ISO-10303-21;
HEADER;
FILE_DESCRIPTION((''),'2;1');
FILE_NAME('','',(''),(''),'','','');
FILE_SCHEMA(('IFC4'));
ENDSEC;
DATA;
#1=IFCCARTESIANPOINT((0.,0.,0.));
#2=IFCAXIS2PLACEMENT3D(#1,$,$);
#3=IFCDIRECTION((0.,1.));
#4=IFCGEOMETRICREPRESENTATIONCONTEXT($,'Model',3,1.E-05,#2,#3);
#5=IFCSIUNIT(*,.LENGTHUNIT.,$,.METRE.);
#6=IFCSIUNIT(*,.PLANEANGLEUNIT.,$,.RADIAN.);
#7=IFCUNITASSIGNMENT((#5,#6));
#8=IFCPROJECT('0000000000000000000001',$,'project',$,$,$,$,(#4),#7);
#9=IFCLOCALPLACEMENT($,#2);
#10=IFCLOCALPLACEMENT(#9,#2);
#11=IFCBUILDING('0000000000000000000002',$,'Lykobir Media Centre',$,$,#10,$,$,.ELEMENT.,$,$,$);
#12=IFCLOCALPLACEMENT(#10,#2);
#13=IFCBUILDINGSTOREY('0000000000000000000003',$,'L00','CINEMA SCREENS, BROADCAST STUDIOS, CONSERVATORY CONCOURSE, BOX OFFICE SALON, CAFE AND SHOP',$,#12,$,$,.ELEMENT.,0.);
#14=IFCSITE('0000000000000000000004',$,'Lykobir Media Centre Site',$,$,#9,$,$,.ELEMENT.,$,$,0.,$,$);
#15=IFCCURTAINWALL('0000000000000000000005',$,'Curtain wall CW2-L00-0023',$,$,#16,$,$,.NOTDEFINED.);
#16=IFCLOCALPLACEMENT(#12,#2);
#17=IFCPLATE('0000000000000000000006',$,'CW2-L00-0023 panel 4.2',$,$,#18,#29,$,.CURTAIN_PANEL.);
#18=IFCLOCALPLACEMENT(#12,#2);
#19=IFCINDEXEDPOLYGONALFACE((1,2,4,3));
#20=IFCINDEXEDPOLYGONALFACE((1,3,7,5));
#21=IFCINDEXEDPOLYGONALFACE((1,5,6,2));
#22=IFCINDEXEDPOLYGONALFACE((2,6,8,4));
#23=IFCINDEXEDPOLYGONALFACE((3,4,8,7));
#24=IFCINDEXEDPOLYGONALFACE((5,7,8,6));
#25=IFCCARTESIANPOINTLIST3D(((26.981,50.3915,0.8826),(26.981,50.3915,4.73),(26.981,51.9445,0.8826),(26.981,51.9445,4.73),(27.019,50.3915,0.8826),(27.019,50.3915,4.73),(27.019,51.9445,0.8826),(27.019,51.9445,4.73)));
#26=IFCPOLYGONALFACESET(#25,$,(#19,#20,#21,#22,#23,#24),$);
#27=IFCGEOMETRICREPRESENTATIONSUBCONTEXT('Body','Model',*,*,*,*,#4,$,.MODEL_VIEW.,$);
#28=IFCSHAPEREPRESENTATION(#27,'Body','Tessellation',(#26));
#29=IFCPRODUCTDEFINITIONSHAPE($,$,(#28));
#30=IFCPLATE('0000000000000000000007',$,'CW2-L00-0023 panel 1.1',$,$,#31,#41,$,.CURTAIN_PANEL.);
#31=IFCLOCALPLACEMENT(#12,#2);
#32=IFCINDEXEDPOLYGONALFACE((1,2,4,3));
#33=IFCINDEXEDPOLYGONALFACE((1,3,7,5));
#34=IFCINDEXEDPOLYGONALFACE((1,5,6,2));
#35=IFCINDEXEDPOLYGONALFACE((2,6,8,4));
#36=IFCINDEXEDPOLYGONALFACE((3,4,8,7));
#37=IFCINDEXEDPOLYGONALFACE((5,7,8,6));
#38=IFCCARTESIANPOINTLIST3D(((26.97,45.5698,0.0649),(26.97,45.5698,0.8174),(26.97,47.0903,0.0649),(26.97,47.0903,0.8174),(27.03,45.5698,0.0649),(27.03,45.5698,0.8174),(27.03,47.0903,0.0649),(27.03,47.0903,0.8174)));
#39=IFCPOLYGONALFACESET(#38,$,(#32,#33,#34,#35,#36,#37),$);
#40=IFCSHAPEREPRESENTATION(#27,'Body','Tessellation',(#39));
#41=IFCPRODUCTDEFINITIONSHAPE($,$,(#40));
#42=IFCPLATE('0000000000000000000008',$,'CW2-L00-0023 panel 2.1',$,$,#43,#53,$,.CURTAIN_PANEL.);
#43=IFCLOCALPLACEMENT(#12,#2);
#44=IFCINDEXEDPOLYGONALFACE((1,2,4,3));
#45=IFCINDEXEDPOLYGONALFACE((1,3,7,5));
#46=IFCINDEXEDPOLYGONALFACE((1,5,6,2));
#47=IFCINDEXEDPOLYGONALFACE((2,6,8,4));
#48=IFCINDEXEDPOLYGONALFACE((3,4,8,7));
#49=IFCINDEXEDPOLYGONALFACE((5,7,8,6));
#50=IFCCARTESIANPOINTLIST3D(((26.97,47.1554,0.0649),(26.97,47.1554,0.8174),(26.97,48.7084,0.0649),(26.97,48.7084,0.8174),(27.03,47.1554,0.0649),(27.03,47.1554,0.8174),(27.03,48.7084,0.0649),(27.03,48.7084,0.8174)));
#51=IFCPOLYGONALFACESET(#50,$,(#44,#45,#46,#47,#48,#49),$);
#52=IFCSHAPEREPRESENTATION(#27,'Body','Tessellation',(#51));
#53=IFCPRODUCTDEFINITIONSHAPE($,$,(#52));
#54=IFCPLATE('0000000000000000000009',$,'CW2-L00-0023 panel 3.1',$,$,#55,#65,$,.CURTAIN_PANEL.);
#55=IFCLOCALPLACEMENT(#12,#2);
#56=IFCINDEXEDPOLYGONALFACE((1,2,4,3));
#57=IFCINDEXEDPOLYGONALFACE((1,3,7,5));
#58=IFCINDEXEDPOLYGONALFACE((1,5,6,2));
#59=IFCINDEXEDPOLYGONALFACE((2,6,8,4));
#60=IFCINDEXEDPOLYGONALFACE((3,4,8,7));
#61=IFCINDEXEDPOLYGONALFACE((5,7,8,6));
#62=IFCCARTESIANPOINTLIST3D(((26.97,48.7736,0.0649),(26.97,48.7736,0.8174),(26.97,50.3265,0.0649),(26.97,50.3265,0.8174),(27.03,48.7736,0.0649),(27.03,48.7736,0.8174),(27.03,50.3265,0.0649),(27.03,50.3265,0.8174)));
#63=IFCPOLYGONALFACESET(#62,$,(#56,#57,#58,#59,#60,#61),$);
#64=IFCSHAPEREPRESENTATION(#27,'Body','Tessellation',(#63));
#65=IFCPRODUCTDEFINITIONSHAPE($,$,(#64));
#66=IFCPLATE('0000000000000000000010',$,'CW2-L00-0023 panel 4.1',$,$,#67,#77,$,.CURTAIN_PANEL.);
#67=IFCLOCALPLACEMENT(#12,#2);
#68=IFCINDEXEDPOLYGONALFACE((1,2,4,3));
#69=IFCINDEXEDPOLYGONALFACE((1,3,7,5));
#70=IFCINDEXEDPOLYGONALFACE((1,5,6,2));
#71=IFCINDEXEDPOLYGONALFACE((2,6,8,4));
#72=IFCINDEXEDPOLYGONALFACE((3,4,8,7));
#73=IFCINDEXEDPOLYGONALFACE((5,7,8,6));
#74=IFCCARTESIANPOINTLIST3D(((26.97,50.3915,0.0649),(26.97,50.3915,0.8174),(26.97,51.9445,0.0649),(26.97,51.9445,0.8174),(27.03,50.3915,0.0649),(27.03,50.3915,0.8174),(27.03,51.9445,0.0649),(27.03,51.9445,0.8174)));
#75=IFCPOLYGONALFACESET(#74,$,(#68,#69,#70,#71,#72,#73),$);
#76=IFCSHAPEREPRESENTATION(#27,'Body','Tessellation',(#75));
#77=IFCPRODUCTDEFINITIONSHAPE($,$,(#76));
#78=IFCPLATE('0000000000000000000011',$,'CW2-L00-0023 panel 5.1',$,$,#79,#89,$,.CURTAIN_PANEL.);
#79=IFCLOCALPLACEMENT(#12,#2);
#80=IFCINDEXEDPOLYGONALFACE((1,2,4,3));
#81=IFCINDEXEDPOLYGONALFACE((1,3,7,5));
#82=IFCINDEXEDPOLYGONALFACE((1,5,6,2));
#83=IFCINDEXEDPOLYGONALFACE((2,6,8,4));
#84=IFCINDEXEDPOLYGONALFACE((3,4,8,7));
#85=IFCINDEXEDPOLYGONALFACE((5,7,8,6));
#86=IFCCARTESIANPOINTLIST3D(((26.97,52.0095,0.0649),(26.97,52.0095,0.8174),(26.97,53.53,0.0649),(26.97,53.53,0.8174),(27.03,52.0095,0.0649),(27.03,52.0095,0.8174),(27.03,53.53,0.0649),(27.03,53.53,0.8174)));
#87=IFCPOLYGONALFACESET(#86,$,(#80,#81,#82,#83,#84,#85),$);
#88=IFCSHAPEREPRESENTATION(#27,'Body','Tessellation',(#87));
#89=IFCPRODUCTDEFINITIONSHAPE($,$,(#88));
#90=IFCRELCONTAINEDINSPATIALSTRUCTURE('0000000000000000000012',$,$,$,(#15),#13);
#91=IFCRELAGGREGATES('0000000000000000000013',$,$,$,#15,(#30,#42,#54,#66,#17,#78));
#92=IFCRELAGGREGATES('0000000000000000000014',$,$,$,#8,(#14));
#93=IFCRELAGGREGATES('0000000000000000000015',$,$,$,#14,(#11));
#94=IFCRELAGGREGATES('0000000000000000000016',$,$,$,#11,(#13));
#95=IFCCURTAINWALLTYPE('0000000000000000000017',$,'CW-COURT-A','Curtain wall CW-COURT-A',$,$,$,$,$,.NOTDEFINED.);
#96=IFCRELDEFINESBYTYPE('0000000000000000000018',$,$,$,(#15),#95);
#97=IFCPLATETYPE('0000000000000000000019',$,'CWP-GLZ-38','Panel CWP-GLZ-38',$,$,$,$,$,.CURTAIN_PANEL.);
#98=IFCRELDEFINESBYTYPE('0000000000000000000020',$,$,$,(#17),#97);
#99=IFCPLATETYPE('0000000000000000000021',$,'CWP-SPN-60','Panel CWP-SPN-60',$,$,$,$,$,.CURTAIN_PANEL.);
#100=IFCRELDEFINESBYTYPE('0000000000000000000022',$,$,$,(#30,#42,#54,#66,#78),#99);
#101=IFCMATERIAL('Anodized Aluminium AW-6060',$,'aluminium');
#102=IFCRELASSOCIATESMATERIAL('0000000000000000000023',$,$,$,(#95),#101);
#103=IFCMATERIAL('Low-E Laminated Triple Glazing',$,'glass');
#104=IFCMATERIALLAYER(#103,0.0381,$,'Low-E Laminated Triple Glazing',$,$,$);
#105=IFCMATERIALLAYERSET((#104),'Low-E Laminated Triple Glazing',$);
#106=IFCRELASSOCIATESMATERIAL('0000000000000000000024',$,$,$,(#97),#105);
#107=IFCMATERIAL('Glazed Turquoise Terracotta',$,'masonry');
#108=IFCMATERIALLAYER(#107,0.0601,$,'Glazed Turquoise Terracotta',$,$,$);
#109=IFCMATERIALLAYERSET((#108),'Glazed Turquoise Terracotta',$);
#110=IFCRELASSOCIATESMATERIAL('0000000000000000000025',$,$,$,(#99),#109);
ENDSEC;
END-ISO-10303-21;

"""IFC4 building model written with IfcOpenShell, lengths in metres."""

from ifc_helpers import new_model, si_unit, direction, frame, origin, origin_2d, place, context, subcontext, project, spatial, rectangle, extrude, material, layer, layer_set, type_object, element, aggregate, save


model = new_model("IFC4")

# Units and contexts
model_context = context("Model", 3, precision=1e-05, world=origin(), true_north=direction((0.0, 1.0)))
body_context = subcontext(model_context, "Body", "Model", "MODEL_VIEW")
ifc_project = project(units=[si_unit("LENGTHUNIT", "METRE"), si_unit("PLANEANGLEUNIT", "RADIAN")], contexts=[model_context])

# Site, building, storey
site_placement = place(None, origin())
site = spatial("IfcSite", under=ifc_project, at=site_placement, Name="Lykobir Media Centre Site", CompositionType="ELEMENT", RefElevation=0.0)
building_placement = place(site_placement, origin())
building = spatial("IfcBuilding", under=site, at=building_placement, Name="Lykobir Media Centre", CompositionType="ELEMENT")
storey_placement = place(building_placement, origin())
storey = spatial("IfcBuildingStorey", under=building, at=storey_placement, Name="L00", Description="CINEMA SCREENS, BROADCAST STUDIOS, CONSERVATORY CONCOURSE, BOX OFFICE SALON, CAFE AND SHOP", CompositionType="ELEMENT", Elevation=0.0)

# Curtain wall, plates
ifc_material_1 = material(Name="Anodized Aluminium AW-6060", Category="aluminium")
curtain_wall_type = type_object("IfcCurtainWallType", Name="CW-COURT-A", Description="Curtain wall CW-COURT-A", PredefinedType="NOTDEFINED", material=ifc_material_1)
curtain_wall_placement = place(storey_placement, origin())
curtain_wall = element("IfcCurtainWall", 1, at=curtain_wall_placement, inside=storey, type_object=curtain_wall_type, Name="Curtain wall CW2-L00-0023", PredefinedType="NOTDEFINED")
ifc_material_2 = material(Name="Low-E Laminated Triple Glazing", Category="glass")
ifc_layer_1 = layer(ifc_material_2, 0.0381, Name="Low-E Laminated Triple Glazing")
ifc_layer_set_1 = layer_set([ifc_layer_1], Name="Low-E Laminated Triple Glazing")
plate_type_1 = type_object("IfcPlateType", Name="CWP-GLZ-38", Description="Panel CWP-GLZ-38", PredefinedType="CURTAIN_PANEL", material=ifc_layer_set_1)
plate_1_placement = place(storey_placement, frame((27.0, 51.168, 0.8826), z_axis=(0.0, 0.0, 1.0), x_axis=(0.0, 1.0, 0.0)))
plate_1 = element("IfcPlate", 2, at=plate_1_placement, type_object=plate_type_1, Name="CW2-L00-0023 panel 4.2", PredefinedType="CURTAIN_PANEL", context=body_context, shape_type="SweptSolid", body=[
    extrude(rectangle(XDim=1.553, YDim=0.0381, at=origin_2d()), origin(), (0.0, 0.0, 1.0), 3.8474),
])
ifc_material_3 = material(Name="Glazed Turquoise Terracotta", Category="masonry")
ifc_layer_2 = layer(ifc_material_3, 0.0601, Name="Glazed Turquoise Terracotta")
ifc_layer_set_2 = layer_set([ifc_layer_2], Name="Glazed Turquoise Terracotta")
plate_type_2 = type_object("IfcPlateType", Name="CWP-SPN-60", Description="Panel CWP-SPN-60", PredefinedType="CURTAIN_PANEL", material=ifc_layer_set_2)
plate_2_placement = place(storey_placement, frame((27.0, 46.3301, 0.0649), z_axis=(0.0, 0.0, 1.0), x_axis=(0.0, 1.0, 0.0)))
plate_2 = element("IfcPlate", 3, at=plate_2_placement, type_object=plate_type_2, Name="CW2-L00-0023 panel 1.1", PredefinedType="CURTAIN_PANEL", context=body_context, shape_type="SweptSolid", body=[
    extrude(rectangle(XDim=1.5205, YDim=0.0601, at=origin_2d()), origin(), (0.0, 0.0, 1.0), 0.7524),
])
plate_3_placement = place(storey_placement, frame((27.0, 47.9319, 0.0649), z_axis=(0.0, 0.0, 1.0), x_axis=(0.0, 1.0, 0.0)))
plate_3 = element("IfcPlate", 4, at=plate_3_placement, type_object=plate_type_2, Name="CW2-L00-0023 panel 2.1", PredefinedType="CURTAIN_PANEL", context=body_context, shape_type="SweptSolid", body=[
    extrude(rectangle(XDim=1.553, YDim=0.0601, at=origin_2d()), origin(), (0.0, 0.0, 1.0), 0.7524),
])
plate_4_placement = place(storey_placement, frame((27.0, 49.55, 0.0649), z_axis=(0.0, 0.0, 1.0), x_axis=(0.0, 1.0, 0.0)))
plate_4 = element("IfcPlate", 5, at=plate_4_placement, type_object=plate_type_2, Name="CW2-L00-0023 panel 3.1", PredefinedType="CURTAIN_PANEL", context=body_context, shape_type="SweptSolid", body=[
    extrude(rectangle(XDim=1.553, YDim=0.0601, at=origin_2d()), origin(), (0.0, 0.0, 1.0), 0.7524),
])
plate_5_placement = place(storey_placement, frame((27.0, 51.168, 0.0649), z_axis=(0.0, 0.0, 1.0), x_axis=(0.0, 1.0, 0.0)))
plate_5 = element("IfcPlate", 6, at=plate_5_placement, type_object=plate_type_2, Name="CW2-L00-0023 panel 4.1", PredefinedType="CURTAIN_PANEL", context=body_context, shape_type="SweptSolid", body=[
    extrude(rectangle(XDim=1.553, YDim=0.0601, at=origin_2d()), origin(), (0.0, 0.0, 1.0), 0.7524),
])
plate_6_placement = place(storey_placement, frame((27.0, 52.7698, 0.0649), z_axis=(0.0, 0.0, 1.0), x_axis=(0.0, 1.0, 0.0)))
plate_6 = element("IfcPlate", 7, at=plate_6_placement, type_object=plate_type_2, Name="CW2-L00-0023 panel 5.1", PredefinedType="CURTAIN_PANEL", context=body_context, shape_type="SweptSolid", body=[
    extrude(rectangle(XDim=1.5205, YDim=0.0601, at=origin_2d()), origin(), (0.0, 0.0, 1.0), 0.7524),
])
aggregate(curtain_wall, [plate_2, plate_3, plate_4, plate_5, plate_1, plate_6])

save(model, "model.ifc")
